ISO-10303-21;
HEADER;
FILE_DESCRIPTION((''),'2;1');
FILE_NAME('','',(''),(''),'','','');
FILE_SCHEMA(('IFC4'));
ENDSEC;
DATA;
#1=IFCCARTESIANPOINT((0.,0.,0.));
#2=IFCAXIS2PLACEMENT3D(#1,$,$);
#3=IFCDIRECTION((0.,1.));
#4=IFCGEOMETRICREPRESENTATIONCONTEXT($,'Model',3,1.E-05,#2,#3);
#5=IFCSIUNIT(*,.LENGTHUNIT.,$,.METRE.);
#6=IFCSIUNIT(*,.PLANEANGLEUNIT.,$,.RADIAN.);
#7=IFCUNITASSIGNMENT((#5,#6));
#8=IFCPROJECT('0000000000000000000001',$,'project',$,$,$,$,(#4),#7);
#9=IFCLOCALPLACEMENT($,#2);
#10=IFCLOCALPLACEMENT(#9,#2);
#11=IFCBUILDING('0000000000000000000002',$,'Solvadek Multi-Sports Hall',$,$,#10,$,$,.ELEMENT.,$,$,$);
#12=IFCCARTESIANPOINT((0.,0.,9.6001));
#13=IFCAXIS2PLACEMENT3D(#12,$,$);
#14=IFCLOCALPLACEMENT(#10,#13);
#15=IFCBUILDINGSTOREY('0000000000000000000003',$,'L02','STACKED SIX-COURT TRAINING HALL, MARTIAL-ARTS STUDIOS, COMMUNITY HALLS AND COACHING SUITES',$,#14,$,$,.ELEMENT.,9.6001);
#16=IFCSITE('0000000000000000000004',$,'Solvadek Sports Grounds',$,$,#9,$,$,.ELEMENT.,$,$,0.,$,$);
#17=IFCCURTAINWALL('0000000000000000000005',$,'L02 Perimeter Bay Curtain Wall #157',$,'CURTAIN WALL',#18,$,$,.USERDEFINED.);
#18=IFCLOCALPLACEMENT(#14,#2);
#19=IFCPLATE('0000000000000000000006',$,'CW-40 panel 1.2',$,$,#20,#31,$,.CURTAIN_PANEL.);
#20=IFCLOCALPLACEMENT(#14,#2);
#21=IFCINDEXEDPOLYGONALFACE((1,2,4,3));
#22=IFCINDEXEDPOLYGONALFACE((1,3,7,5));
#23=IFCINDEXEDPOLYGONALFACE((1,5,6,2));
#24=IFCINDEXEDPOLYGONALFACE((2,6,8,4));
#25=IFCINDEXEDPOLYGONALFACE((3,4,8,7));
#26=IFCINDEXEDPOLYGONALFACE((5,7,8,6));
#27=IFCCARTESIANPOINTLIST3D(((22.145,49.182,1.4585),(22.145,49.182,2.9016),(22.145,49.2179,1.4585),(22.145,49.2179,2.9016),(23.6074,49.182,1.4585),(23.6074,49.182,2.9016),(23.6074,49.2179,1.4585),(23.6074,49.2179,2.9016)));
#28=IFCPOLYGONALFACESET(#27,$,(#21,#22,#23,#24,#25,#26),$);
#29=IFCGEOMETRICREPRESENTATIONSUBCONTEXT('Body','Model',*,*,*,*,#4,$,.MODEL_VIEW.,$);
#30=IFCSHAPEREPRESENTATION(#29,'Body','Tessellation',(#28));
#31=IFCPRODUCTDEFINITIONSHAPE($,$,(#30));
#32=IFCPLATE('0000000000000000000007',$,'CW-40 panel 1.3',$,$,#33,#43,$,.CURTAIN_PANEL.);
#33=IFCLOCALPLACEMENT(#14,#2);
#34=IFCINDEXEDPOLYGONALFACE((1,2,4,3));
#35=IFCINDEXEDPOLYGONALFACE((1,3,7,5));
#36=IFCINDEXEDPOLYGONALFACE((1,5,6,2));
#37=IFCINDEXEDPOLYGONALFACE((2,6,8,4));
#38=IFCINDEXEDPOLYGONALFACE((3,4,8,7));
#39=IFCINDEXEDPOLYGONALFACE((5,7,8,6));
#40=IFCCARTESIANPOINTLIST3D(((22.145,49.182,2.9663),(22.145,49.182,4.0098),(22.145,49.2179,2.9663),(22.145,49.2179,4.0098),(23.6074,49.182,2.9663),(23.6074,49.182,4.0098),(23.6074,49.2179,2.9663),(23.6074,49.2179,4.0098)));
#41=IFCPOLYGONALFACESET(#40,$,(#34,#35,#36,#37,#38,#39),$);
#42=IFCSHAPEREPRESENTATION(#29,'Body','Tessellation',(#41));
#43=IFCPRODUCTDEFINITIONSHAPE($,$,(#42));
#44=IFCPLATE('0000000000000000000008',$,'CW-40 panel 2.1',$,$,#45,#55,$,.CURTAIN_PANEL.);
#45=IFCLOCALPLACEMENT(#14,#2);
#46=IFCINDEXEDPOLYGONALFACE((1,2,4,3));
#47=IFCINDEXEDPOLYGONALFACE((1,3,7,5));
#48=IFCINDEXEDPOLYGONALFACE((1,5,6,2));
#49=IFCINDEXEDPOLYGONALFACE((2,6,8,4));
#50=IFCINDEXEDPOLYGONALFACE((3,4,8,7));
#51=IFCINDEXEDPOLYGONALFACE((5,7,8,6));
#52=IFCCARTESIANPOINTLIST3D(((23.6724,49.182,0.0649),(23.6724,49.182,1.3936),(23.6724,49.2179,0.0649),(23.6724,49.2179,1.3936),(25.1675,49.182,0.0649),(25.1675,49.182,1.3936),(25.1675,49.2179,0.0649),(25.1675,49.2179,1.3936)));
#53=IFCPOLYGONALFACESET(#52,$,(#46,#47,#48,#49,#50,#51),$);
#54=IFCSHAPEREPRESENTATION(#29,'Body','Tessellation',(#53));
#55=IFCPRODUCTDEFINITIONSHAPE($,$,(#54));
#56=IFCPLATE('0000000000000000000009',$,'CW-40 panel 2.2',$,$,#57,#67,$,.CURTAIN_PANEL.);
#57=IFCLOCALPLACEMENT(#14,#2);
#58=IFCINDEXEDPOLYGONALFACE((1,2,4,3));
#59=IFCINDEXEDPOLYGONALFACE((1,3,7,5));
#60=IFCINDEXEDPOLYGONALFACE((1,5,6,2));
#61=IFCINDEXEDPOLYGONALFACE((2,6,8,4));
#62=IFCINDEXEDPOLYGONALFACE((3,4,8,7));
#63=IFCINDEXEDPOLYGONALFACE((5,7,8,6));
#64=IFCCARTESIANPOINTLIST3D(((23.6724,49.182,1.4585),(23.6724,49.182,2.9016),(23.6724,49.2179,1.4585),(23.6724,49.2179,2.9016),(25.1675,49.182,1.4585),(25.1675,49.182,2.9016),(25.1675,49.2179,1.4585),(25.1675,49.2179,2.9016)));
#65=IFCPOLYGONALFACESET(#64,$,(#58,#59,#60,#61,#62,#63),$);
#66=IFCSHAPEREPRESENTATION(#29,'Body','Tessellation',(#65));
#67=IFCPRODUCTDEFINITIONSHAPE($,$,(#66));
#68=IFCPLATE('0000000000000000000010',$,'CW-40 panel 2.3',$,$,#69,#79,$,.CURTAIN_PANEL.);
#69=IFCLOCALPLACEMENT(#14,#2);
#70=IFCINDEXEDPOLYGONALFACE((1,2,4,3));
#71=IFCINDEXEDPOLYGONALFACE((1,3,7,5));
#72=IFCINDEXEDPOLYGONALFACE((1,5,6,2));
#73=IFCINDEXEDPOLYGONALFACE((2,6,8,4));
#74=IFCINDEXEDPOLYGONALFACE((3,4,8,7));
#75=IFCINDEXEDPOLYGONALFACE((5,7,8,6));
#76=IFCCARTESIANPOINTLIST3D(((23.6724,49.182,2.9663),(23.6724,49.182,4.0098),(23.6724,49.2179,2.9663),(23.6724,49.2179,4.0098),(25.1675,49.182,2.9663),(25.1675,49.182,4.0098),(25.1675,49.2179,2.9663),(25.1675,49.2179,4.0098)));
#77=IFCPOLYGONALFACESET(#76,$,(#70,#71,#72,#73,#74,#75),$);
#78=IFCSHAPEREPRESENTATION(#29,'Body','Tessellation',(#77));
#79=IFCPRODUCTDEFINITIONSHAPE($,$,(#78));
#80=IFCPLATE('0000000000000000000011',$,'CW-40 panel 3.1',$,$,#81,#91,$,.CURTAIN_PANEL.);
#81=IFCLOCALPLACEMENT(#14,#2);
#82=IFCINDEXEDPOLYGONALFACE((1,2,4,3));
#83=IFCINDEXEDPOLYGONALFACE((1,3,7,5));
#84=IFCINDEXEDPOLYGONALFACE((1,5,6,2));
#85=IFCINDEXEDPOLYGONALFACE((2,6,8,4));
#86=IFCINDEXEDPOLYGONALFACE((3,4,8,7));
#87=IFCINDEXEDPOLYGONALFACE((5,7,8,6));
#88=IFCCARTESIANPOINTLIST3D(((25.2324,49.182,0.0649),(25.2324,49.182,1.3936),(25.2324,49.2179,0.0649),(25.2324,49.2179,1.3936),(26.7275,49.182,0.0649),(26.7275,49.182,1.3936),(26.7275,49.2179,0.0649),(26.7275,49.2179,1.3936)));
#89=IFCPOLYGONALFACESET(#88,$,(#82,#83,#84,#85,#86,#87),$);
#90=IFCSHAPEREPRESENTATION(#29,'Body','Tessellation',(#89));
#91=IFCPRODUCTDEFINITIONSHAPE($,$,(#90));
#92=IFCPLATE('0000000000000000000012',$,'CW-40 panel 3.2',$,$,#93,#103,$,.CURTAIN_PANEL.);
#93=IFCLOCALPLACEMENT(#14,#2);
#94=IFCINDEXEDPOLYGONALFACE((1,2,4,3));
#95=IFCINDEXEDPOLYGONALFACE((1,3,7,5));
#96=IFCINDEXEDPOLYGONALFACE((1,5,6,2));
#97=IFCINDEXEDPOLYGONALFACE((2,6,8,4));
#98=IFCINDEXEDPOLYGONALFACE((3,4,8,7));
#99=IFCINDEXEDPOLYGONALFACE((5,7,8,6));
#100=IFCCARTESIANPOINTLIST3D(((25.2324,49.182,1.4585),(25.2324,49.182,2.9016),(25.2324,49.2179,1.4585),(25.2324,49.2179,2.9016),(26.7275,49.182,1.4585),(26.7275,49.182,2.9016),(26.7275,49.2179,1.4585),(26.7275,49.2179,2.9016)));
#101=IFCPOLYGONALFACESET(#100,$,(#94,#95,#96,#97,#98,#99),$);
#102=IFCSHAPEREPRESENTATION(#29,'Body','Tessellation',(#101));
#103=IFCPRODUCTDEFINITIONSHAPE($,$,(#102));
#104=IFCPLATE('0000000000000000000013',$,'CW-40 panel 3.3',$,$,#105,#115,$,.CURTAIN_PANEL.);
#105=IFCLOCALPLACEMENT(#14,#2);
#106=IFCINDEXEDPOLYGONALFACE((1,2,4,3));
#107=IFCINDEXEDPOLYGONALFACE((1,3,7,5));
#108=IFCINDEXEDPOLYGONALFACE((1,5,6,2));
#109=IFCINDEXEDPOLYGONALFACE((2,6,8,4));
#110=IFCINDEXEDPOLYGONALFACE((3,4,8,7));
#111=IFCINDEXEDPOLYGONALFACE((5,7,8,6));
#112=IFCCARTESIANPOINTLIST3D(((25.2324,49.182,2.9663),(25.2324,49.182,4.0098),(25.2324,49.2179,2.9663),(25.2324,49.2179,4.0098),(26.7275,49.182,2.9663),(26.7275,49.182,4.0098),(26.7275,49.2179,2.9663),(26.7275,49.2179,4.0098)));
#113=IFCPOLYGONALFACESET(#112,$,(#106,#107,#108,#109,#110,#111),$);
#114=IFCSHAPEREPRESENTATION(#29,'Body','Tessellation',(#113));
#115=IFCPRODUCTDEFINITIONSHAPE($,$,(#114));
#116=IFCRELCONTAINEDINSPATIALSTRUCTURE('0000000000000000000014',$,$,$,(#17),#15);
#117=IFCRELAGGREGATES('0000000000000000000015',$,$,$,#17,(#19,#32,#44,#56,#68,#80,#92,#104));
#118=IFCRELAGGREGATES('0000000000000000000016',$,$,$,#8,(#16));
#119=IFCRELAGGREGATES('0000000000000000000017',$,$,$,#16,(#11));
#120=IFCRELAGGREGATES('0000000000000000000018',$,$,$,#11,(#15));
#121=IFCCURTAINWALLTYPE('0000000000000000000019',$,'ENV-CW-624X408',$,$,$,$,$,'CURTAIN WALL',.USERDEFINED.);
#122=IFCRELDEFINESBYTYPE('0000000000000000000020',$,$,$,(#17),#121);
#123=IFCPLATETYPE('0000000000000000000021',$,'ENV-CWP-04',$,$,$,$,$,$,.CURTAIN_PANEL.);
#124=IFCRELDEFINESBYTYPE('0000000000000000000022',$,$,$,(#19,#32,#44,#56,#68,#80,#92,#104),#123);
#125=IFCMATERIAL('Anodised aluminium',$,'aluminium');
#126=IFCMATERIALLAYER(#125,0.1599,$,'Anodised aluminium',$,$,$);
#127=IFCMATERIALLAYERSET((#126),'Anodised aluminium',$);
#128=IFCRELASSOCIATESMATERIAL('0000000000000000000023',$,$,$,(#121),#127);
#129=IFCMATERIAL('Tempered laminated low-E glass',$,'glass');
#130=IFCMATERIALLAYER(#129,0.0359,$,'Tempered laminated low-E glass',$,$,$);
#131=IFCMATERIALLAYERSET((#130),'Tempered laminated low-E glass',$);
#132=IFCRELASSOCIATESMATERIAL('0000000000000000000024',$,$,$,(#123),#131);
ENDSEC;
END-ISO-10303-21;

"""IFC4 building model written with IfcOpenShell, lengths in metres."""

from ifc_helpers import new_model, si_unit, direction, frame, origin, origin_2d, place, context, subcontext, project, spatial, rectangle, extrude, material, layer, layer_set, type_object, element, aggregate, save


model = new_model("IFC4")

# Units and contexts
model_context = context("Model", 3, precision=1e-05, world=origin(), true_north=direction((0.0, 1.0)))
body_context = subcontext(model_context, "Body", "Model", "MODEL_VIEW")
ifc_project = project(units=[si_unit("LENGTHUNIT", "METRE"), si_unit("PLANEANGLEUNIT", "RADIAN")], contexts=[model_context])

# Site, building, storey
site_placement = place(None, origin())
site = spatial("IfcSite", under=ifc_project, at=site_placement, Name="Solvadek Sports Grounds", CompositionType="ELEMENT", RefElevation=0.0)
building_placement = place(site_placement, origin())
building = spatial("IfcBuilding", under=site, at=building_placement, Name="Solvadek Multi-Sports Hall", CompositionType="ELEMENT")
storey_placement = place(building_placement, frame((0.0, 0.0, 9.6001)))
storey = spatial("IfcBuildingStorey", under=building, at=storey_placement, Name="L02", Description="STACKED SIX-COURT TRAINING HALL, MARTIAL-ARTS STUDIOS, COMMUNITY HALLS AND COACHING SUITES", CompositionType="ELEMENT", Elevation=9.6001)

# Curtain wall
ifc_material_1 = material(Name="Anodised aluminium", Category="aluminium")
ifc_layer_1 = layer(ifc_material_1, 0.1599, Name="Anodised aluminium")
ifc_layer_set_1 = layer_set([ifc_layer_1], Name="Anodised aluminium")
curtain_wall_type = type_object("IfcCurtainWallType", Name="ENV-CW-624X408", ElementType="CURTAIN WALL", PredefinedType="USERDEFINED", material=ifc_layer_set_1)
curtain_wall_placement = place(storey_placement, origin())
curtain_wall = element("IfcCurtainWall", 1, at=curtain_wall_placement, inside=storey, type_object=curtain_wall_type, Name="L02 Perimeter Bay Curtain Wall #157", ObjectType="CURTAIN WALL", PredefinedType="USERDEFINED")

# Plates
ifc_material_2 = material(Name="Tempered laminated low-E glass", Category="glass")
ifc_layer_2 = layer(ifc_material_2, 0.0359, Name="Tempered laminated low-E glass")
ifc_layer_set_2 = layer_set([ifc_layer_2], Name="Tempered laminated low-E glass")
plate_type = type_object("IfcPlateType", Name="ENV-CWP-04", PredefinedType="CURTAIN_PANEL", material=ifc_layer_set_2)
plate_1_placement = place(storey_placement, frame((22.8762, 49.2, 1.4585), z_axis=(0.0, 0.0, 1.0), x_axis=(1.0, 0.0, 0.0)))
plate_1 = element("IfcPlate", 2, at=plate_1_placement, type_object=plate_type, Name="CW-40 panel 1.2", PredefinedType="CURTAIN_PANEL", context=body_context, shape_type="SweptSolid", body=[
    extrude(rectangle(XDim=1.4624, YDim=0.0359, at=origin_2d()), origin(), (0.0, 0.0, 1.0), 1.4431),
])
plate_2_placement = place(storey_placement, frame((22.8762, 49.2, 2.9663), z_axis=(0.0, 0.0, 1.0), x_axis=(1.0, 0.0, 0.0)))
plate_2 = element("IfcPlate", 3, at=plate_2_placement, type_object=plate_type, Name="CW-40 panel 1.3", PredefinedType="CURTAIN_PANEL", context=body_context, shape_type="SweptSolid", body=[
    extrude(rectangle(XDim=1.4624, YDim=0.0359, at=origin_2d()), origin(), (0.0, 0.0, 1.0), 1.0435),
])
plate_3_placement = place(storey_placement, frame((24.4199, 49.2, 0.0649), z_axis=(0.0, 0.0, 1.0), x_axis=(1.0, 0.0, 0.0)))
plate_3 = element("IfcPlate", 4, at=plate_3_placement, type_object=plate_type, Name="CW-40 panel 2.1", PredefinedType="CURTAIN_PANEL", context=body_context, shape_type="SweptSolid", body=[
    extrude(rectangle(XDim=1.4951, YDim=0.0359, at=origin_2d()), origin(), (0.0, 0.0, 1.0), 1.3286),
])
plate_4_placement = place(storey_placement, frame((24.4199, 49.2, 1.4585), z_axis=(0.0, 0.0, 1.0), x_axis=(1.0, 0.0, 0.0)))
plate_4 = element("IfcPlate", 5, at=plate_4_placement, type_object=plate_type, Name="CW-40 panel 2.2", PredefinedType="CURTAIN_PANEL", context=body_context, shape_type="SweptSolid", body=[
    extrude(rectangle(XDim=1.4951, YDim=0.0359, at=origin_2d()), origin(), (0.0, 0.0, 1.0), 1.4431),
])
plate_5_placement = place(storey_placement, frame((24.4199, 49.2, 2.9663), z_axis=(0.0, 0.0, 1.0), x_axis=(1.0, 0.0, 0.0)))
plate_5 = element("IfcPlate", 6, at=plate_5_placement, type_object=plate_type, Name="CW-40 panel 2.3", PredefinedType="CURTAIN_PANEL", context=body_context, shape_type="SweptSolid", body=[
    extrude(rectangle(XDim=1.4951, YDim=0.0359, at=origin_2d()), origin(), (0.0, 0.0, 1.0), 1.0435),
])
plate_6_placement = place(storey_placement, frame((25.98, 49.2, 0.0649), z_axis=(0.0, 0.0, 1.0), x_axis=(1.0, 0.0, 0.0)))
plate_6 = element("IfcPlate", 7, at=plate_6_placement, type_object=plate_type, Name="CW-40 panel 3.1", PredefinedType="CURTAIN_PANEL", context=body_context, shape_type="SweptSolid", body=[
    extrude(rectangle(XDim=1.4951, YDim=0.0359, at=origin_2d()), origin(), (0.0, 0.0, 1.0), 1.3286),
])
plate_7_placement = place(storey_placement, frame((25.98, 49.2, 1.4585), z_axis=(0.0, 0.0, 1.0), x_axis=(1.0, 0.0, 0.0)))
plate_7 = element("IfcPlate", 8, at=plate_7_placement, type_object=plate_type, Name="CW-40 panel 3.2", PredefinedType="CURTAIN_PANEL", context=body_context, shape_type="SweptSolid", body=[
    extrude(rectangle(XDim=1.4951, YDim=0.0359, at=origin_2d()), origin(), (0.0, 0.0, 1.0), 1.4431),
])
plate_8_placement = place(storey_placement, frame((25.98, 49.2, 2.9663), z_axis=(0.0, 0.0, 1.0), x_axis=(1.0, 0.0, 0.0)))
plate_8 = element("IfcPlate", 9, at=plate_8_placement, type_object=plate_type, Name="CW-40 panel 3.3", PredefinedType="CURTAIN_PANEL", context=body_context, shape_type="SweptSolid", body=[
    extrude(rectangle(XDim=1.4951, YDim=0.0359, at=origin_2d()), origin(), (0.0, 0.0, 1.0), 1.0435),
])
aggregate(curtain_wall, [plate_1, plate_2, plate_3, plate_4, plate_5, plate_6, plate_7, plate_8])

save(model, "model.ifc")
